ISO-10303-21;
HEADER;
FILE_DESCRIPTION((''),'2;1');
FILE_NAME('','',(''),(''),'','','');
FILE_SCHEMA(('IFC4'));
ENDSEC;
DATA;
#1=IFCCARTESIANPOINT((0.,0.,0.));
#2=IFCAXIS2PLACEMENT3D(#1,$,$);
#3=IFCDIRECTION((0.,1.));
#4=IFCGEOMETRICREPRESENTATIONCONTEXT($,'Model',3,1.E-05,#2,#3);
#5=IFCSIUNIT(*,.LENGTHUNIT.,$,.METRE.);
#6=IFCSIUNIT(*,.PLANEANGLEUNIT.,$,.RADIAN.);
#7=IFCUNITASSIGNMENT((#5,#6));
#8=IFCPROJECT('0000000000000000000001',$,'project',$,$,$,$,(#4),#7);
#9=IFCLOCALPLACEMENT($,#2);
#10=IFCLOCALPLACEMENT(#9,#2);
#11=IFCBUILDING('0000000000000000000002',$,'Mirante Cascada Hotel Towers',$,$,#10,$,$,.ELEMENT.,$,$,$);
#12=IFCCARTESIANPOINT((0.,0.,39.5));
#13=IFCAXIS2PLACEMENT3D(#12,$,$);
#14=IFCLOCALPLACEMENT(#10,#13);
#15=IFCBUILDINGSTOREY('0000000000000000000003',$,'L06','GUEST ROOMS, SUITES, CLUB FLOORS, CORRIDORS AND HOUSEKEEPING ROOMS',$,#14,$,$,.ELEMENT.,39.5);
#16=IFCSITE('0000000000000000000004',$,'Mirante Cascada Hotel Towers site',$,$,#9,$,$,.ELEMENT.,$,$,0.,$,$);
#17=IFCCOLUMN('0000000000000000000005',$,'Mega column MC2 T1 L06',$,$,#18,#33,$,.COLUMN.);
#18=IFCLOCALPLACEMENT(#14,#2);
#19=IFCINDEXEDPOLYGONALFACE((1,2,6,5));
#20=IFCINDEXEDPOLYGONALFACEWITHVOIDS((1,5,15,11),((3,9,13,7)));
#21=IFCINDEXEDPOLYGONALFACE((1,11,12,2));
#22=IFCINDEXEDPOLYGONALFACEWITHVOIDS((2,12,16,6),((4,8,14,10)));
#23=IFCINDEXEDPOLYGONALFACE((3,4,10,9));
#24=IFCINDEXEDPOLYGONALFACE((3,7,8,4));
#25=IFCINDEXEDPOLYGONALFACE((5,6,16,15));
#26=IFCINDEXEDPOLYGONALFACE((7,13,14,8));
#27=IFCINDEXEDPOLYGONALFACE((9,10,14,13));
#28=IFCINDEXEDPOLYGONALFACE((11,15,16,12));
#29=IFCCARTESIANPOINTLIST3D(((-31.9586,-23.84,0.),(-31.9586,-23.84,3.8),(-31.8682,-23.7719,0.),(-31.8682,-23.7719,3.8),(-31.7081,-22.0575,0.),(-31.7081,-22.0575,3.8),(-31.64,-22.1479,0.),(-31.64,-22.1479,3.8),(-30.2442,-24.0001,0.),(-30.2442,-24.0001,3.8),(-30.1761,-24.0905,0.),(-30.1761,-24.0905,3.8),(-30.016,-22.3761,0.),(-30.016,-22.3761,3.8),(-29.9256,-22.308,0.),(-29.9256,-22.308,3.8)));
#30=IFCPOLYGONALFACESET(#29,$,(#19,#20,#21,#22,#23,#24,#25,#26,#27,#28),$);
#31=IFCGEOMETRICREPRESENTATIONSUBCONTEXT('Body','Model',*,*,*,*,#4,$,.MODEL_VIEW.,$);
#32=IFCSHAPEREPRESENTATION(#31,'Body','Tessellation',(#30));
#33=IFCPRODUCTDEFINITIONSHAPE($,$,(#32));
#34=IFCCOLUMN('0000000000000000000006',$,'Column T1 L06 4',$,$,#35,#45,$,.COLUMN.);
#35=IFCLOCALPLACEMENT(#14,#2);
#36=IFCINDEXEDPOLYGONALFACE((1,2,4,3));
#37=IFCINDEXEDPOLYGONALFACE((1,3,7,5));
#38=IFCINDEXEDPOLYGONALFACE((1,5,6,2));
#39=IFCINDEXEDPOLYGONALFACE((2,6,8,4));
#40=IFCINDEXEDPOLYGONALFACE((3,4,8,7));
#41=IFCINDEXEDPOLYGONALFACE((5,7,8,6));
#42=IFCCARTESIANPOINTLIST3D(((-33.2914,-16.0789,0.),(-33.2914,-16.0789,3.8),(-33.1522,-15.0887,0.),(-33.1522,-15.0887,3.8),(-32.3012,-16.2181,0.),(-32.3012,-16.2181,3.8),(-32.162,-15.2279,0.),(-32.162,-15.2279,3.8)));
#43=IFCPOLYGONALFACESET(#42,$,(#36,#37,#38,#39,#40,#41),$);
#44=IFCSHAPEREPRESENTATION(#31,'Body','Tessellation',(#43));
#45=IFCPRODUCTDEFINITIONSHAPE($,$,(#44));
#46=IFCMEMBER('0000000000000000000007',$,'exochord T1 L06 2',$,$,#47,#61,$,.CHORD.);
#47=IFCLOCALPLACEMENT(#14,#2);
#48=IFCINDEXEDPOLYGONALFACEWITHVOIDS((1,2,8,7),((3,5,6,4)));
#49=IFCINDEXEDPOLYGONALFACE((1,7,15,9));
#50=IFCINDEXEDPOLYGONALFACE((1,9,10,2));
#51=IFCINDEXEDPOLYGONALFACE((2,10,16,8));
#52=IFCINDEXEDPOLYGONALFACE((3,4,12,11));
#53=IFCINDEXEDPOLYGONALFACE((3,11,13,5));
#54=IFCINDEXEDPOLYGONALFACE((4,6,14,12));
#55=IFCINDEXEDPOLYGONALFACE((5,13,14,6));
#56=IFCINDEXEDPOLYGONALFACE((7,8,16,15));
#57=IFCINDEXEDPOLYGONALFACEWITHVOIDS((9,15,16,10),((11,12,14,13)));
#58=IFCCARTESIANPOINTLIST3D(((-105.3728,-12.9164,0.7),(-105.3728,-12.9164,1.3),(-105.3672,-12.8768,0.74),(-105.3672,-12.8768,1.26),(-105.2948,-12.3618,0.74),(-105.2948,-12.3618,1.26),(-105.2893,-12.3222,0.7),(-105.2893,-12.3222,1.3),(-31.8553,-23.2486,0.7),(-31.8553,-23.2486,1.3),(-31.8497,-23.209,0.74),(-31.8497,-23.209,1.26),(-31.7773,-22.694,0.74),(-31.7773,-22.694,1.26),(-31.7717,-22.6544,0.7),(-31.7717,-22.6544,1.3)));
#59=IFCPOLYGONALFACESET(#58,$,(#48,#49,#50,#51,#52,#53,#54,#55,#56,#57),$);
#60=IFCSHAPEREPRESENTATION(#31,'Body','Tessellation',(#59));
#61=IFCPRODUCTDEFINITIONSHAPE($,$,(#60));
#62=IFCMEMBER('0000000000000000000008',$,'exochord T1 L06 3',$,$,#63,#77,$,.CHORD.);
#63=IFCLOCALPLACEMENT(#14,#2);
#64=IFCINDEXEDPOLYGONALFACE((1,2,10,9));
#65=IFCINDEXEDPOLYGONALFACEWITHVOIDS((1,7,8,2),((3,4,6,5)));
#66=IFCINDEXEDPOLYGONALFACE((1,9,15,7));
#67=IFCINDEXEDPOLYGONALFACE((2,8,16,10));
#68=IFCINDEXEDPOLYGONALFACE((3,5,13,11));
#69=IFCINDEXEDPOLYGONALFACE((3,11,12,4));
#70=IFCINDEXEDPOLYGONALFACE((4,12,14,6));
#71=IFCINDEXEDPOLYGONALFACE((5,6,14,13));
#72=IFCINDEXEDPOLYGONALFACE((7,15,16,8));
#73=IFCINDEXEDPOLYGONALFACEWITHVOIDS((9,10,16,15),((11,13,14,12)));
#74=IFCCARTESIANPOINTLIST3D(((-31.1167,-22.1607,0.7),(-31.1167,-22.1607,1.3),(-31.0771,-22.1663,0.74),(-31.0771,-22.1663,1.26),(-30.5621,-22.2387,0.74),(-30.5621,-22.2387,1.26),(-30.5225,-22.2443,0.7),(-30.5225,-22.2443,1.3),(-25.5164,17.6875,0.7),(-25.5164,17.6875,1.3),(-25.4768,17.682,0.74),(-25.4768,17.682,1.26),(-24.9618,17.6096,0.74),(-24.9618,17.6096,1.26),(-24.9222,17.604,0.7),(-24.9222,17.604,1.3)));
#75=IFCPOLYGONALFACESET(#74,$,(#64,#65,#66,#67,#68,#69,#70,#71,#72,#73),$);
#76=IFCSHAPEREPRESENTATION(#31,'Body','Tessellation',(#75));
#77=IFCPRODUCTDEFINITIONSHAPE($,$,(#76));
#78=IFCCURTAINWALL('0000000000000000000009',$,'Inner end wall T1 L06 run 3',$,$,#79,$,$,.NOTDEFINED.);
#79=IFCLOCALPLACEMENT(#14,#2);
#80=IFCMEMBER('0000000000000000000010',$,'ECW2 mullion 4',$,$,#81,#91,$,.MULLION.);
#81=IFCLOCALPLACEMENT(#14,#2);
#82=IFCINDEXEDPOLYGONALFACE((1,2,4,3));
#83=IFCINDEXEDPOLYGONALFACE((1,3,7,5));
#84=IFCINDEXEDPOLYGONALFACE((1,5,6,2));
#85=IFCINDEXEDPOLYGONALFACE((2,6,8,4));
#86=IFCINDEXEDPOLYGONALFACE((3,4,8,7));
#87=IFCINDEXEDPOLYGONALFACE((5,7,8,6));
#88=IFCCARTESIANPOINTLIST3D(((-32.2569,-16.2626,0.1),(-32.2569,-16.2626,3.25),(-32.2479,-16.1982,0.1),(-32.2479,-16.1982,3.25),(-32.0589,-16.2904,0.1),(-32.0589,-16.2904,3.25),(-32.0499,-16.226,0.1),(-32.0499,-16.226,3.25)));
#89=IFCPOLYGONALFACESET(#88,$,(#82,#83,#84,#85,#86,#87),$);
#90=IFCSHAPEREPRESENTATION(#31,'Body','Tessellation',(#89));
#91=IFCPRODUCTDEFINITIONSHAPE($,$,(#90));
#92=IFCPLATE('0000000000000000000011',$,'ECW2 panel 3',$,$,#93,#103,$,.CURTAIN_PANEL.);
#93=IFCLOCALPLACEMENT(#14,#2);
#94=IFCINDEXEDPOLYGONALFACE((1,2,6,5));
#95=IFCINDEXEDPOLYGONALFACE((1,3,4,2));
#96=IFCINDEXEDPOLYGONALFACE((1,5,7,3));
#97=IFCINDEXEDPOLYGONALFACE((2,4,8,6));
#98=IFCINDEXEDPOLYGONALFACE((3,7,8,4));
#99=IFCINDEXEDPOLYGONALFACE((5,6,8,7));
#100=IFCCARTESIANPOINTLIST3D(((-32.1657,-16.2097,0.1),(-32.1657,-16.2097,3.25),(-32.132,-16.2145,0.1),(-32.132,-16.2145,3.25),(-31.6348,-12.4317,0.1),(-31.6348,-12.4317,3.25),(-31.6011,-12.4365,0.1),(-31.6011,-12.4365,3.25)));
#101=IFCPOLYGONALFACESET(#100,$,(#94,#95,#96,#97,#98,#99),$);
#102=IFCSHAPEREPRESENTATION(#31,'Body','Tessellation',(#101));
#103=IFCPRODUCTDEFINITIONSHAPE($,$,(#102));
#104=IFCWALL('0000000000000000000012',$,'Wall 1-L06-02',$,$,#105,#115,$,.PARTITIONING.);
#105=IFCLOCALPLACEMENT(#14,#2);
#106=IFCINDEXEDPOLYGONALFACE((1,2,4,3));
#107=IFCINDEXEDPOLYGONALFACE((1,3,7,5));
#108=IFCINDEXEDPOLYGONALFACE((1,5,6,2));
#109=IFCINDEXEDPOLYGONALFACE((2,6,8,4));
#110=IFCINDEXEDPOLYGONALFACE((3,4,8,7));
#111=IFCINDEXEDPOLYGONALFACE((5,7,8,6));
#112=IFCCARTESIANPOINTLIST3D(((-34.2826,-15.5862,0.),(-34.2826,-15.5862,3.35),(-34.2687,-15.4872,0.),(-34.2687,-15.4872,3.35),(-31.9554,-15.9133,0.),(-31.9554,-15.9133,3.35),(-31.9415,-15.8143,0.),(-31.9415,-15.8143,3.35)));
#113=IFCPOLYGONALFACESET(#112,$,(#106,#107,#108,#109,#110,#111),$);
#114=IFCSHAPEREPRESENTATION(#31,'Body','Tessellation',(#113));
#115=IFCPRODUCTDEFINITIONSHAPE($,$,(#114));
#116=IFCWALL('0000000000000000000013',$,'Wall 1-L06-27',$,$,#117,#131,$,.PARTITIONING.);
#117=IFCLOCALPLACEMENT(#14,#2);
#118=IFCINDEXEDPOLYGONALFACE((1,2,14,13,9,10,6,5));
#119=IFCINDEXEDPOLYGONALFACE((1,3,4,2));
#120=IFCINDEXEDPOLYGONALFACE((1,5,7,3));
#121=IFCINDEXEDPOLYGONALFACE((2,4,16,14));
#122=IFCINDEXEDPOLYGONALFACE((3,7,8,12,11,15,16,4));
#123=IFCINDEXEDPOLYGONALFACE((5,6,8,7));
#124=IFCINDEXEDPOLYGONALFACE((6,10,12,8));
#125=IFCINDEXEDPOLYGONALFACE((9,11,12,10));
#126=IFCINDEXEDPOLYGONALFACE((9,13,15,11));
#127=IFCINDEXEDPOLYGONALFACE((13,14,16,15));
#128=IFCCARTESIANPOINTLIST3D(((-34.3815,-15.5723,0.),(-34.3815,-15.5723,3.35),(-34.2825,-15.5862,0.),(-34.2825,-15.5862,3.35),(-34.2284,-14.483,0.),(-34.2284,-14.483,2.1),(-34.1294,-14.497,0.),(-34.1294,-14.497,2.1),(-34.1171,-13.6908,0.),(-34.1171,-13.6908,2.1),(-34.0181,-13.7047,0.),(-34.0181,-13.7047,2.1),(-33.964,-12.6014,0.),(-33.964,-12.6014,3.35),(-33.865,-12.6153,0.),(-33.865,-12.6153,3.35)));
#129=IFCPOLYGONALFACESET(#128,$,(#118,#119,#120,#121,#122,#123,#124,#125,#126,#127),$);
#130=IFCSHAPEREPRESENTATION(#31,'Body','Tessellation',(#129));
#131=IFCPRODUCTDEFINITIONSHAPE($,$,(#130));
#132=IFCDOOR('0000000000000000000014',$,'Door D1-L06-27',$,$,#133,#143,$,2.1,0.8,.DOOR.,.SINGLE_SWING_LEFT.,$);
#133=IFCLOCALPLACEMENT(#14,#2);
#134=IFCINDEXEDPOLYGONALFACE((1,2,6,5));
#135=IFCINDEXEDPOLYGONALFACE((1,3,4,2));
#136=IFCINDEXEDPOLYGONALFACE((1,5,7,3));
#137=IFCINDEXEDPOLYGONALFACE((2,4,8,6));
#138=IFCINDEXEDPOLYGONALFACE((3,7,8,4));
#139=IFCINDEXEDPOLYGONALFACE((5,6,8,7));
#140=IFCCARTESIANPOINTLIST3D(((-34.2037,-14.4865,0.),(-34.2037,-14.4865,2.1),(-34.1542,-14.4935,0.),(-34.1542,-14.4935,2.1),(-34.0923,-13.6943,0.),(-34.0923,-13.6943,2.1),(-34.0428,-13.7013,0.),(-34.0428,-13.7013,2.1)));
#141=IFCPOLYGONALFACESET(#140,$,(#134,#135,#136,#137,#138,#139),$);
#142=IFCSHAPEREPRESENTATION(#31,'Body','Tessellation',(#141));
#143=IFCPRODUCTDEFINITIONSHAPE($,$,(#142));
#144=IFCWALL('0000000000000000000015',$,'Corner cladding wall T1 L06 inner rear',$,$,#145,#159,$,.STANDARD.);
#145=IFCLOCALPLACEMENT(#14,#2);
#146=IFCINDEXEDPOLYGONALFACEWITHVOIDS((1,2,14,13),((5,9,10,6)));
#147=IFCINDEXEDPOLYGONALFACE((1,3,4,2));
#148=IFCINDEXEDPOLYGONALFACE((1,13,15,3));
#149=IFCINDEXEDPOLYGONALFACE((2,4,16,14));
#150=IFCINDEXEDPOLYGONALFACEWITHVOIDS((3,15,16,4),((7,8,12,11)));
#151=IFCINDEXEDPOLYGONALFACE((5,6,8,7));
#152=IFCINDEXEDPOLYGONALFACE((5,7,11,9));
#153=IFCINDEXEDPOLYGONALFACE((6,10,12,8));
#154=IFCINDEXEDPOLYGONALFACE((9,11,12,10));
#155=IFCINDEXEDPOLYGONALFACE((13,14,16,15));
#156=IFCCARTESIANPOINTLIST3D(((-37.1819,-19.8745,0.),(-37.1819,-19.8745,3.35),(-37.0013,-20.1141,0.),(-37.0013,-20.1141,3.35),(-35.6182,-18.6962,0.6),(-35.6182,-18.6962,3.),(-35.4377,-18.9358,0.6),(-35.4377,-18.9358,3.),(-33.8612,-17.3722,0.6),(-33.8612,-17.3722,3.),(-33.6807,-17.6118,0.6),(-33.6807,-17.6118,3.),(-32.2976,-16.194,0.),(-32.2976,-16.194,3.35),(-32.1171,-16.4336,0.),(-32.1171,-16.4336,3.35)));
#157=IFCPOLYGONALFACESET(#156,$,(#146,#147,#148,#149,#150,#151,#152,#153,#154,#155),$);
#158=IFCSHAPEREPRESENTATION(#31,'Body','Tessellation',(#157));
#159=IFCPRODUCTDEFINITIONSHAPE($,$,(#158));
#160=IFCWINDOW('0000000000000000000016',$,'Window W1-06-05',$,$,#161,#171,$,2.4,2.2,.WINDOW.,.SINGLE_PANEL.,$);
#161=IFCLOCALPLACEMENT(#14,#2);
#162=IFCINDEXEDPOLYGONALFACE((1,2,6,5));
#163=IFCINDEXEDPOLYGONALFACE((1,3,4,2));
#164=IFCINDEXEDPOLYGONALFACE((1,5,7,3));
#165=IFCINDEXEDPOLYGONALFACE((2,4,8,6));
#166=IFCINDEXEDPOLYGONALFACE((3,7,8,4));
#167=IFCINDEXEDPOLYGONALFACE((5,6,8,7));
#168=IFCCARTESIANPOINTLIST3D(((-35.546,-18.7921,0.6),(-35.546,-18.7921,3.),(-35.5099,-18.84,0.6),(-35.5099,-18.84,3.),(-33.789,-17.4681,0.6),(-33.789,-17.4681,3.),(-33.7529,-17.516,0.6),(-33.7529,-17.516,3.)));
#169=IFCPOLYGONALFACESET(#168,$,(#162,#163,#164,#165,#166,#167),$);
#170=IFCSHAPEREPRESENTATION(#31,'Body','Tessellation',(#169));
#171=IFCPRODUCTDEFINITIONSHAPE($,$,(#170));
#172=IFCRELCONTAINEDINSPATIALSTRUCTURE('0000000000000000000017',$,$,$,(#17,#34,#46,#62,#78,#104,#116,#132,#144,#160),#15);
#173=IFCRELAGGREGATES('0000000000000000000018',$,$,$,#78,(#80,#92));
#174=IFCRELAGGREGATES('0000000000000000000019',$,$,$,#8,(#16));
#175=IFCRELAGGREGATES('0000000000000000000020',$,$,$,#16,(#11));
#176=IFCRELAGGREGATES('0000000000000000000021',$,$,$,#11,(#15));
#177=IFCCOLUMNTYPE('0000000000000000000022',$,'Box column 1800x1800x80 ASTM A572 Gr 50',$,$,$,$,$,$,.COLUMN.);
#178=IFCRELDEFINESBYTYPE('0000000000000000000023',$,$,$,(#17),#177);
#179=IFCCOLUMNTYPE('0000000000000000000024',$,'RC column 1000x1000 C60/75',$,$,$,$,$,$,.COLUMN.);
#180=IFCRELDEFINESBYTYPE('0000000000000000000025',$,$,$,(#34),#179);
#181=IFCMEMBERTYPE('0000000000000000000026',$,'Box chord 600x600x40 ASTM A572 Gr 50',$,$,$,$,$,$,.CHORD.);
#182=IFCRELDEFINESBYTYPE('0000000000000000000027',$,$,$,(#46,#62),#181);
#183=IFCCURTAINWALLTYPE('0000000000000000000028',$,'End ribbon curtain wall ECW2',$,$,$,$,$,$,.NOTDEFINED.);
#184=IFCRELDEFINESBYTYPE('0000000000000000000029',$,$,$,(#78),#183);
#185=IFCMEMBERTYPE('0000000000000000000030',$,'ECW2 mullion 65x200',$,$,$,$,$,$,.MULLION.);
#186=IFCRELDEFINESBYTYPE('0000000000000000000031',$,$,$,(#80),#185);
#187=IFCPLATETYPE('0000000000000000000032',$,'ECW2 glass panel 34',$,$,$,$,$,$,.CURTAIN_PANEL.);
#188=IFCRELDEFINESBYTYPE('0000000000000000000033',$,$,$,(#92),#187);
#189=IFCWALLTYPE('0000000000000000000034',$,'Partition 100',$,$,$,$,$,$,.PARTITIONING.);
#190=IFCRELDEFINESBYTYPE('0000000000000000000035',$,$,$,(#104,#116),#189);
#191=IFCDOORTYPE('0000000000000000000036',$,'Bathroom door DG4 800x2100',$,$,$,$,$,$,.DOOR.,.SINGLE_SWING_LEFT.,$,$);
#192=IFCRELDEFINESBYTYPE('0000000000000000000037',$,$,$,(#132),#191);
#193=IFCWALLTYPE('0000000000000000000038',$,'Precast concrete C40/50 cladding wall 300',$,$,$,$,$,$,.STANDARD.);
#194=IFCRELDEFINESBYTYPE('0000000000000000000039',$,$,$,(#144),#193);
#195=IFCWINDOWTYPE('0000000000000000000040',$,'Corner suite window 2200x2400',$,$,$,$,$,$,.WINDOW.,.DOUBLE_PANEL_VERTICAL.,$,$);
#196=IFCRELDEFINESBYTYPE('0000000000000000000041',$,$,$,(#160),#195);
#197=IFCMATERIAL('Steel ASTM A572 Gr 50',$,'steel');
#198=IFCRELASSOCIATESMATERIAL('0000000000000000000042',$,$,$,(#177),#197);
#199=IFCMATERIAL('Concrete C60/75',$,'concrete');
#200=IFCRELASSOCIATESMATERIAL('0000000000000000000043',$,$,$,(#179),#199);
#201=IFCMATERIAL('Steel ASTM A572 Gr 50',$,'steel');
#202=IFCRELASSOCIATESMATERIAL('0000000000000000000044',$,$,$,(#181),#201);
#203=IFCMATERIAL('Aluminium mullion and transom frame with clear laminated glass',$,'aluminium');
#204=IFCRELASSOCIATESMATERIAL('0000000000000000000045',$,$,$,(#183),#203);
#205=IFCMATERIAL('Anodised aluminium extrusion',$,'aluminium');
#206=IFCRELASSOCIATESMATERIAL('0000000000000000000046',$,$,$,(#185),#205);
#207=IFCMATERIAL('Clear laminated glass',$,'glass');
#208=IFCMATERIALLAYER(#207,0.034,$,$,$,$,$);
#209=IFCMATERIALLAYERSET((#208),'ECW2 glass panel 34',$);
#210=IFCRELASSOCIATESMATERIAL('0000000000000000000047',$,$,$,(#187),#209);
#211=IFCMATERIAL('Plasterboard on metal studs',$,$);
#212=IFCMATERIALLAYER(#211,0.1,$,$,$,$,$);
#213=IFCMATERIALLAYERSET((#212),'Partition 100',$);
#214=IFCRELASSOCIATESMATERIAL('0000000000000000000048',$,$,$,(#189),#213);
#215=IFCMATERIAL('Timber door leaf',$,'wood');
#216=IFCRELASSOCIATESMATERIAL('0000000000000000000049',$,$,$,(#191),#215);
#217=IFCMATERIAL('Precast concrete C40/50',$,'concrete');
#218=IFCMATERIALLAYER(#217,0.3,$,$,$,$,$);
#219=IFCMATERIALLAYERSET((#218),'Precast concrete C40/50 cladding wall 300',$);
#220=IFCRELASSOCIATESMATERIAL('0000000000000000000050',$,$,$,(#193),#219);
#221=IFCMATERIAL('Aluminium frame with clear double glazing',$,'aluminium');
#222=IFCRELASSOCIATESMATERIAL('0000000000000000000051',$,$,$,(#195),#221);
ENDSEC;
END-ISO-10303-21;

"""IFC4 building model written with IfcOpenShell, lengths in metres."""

from ifc_helpers import new_model, si_unit, direction, frame, frame_2d, origin, origin_2d, place, context, subcontext, project, spatial, rectangle, hollow_rectangle, extrude, material, layer, layer_set, material_profile, profile_set, type_object, element, fill, aggregate, save


model = new_model("IFC4")

# Units and contexts
model_context = context("Model", 3, precision=1e-05, world=origin(), true_north=direction((0.0, 1.0)))
body_context = subcontext(model_context, "Body", "Model", "MODEL_VIEW")
ifc_project = project(units=[si_unit("LENGTHUNIT", "METRE"), si_unit("PLANEANGLEUNIT", "RADIAN")], contexts=[model_context])

# Site, building, storey
site_placement = place(None, origin())
site = spatial("IfcSite", under=ifc_project, at=site_placement, Name="Mirante Cascada Hotel Towers site", CompositionType="ELEMENT", RefElevation=0.0)
building_placement = place(site_placement, origin())
building = spatial("IfcBuilding", under=site, at=building_placement, Name="Mirante Cascada Hotel Towers", CompositionType="ELEMENT")
storey_placement = place(building_placement, frame((0.0, 0.0, 39.5)))
storey = spatial("IfcBuildingStorey", under=building, at=storey_placement, Name="L06", Description="GUEST ROOMS, SUITES, CLUB FLOORS, CORRIDORS AND HOUSEKEEPING ROOMS", CompositionType="ELEMENT", Elevation=39.5)

# Columns
ifc_material_1 = material(Name="Steel ASTM A572 Gr 50", Category="steel")
ifc_material_profile_1 = material_profile(ifc_material_1, hollow_rectangle(XDim=1.8, YDim=1.8, WallThickness=0.08, at=origin_2d()), Name="Box column 1800x1800x80 ASTM A572 Gr 50")
ifc_profile_set_1 = profile_set([ifc_material_profile_1], Name="Steel ASTM A572 Gr 50")
column_type_1 = type_object("IfcColumnType", Name="Box column 1800x1800x80 ASTM A572 Gr 50", PredefinedType="COLUMN", material=ifc_profile_set_1)
column_1_placement = place(storey_placement, frame((-30.9421, -23.074, 0.0), z_axis=(0.0, 0.0, 1.0), x_axis=(-0.990268, 0.139173, 0.0)))
element("IfcColumn", 1, at=column_1_placement, inside=storey, type_object=column_type_1, Name="Mega column MC2 T1 L06", PredefinedType="COLUMN", context=body_context, shape_type="SweptSolid", body=[
    extrude(hollow_rectangle(XDim=1.8, YDim=1.8, WallThickness=0.08, at=origin_2d()), origin(), (0.0, 0.0, 1.0), 3.8),
])
ifc_material_2 = material(Name="Concrete C60/75", Category="concrete")
ifc_material_profile_2 = material_profile(ifc_material_2, rectangle(XDim=1.0, YDim=1.0, at=origin_2d()), Name="RC column 1000x1000 C60/75")
ifc_profile_set_2 = profile_set([ifc_material_profile_2], Name="Concrete C60/75")
column_type_2 = type_object("IfcColumnType", Name="RC column 1000x1000 C60/75", PredefinedType="COLUMN", material=ifc_profile_set_2)
column_2_placement = place(storey_placement, frame((-32.7267, -15.6534, 0.0), z_axis=(0.0, 0.0, 1.0), x_axis=(-0.990268, 0.139173, 0.0)))
element("IfcColumn", 2, at=column_2_placement, inside=storey, type_object=column_type_2, Name="Column T1 L06 4", PredefinedType="COLUMN", context=body_context, shape_type="SweptSolid", body=[
    extrude(rectangle(XDim=1.0, YDim=1.0, at=origin_2d()), origin(), (0.0, 0.0, 1.0), 3.8),
])

# Members
ifc_material_3 = material(Name="Steel ASTM A572 Gr 50", Category="steel")
ifc_material_profile_3 = material_profile(ifc_material_3, hollow_rectangle(XDim=0.6, YDim=0.6, WallThickness=0.04, at=origin_2d()), Name="Box chord 600x600x40 ASTM A572 Gr 50")
ifc_profile_set_3 = profile_set([ifc_material_profile_3], Name="Steel ASTM A572 Gr 50")
member_type_1 = type_object("IfcMemberType", Name="Box chord 600x600x40 ASTM A572 Gr 50", PredefinedType="CHORD", material=ifc_profile_set_3)
member_1_placement = place(storey_placement, frame((-31.8135, -22.9515, 1.0), z_axis=(-0.990268, 0.139173, 0.0), x_axis=(-0.139173, -0.990268, 0.0)))
element("IfcMember", 3, at=member_1_placement, inside=storey, type_object=member_type_1, Name="exochord T1 L06 2", PredefinedType="CHORD", context=body_context, shape_type="SweptSolid", body=[
    extrude(hollow_rectangle(XDim=0.6, YDim=0.6, WallThickness=0.04, at=origin_2d()), origin(), (0.0, 0.0, 1.0), 74.24),
])
member_2_placement = place(storey_placement, frame((-30.8196, -22.2025, 1.0), z_axis=(0.139173, 0.990268, 0.0), x_axis=(-0.990268, 0.139173, 0.0)))
element("IfcMember", 4, at=member_2_placement, inside=storey, type_object=member_type_1, Name="exochord T1 L06 3", PredefinedType="CHORD", context=body_context, shape_type="SweptSolid", body=[
    extrude(hollow_rectangle(XDim=0.6, YDim=0.6, WallThickness=0.04, at=origin_2d()), origin(), (0.0, 0.0, 1.0), 40.2399),
])

# Curtain wall, member, plate
ifc_material_4 = material(Name="Aluminium mullion and transom frame with clear laminated glass", Category="aluminium")
curtain_wall_type = type_object("IfcCurtainWallType", Name="End ribbon curtain wall ECW2", PredefinedType="NOTDEFINED", material=ifc_material_4)
curtain_wall_placement = place(storey_placement, origin())
curtain_wall = element("IfcCurtainWall", 5, at=curtain_wall_placement, inside=storey, type_object=curtain_wall_type, Name="Inner end wall T1 L06 run 3", PredefinedType="NOTDEFINED")
ifc_material_5 = material(Name="Anodised aluminium extrusion", Category="aluminium")
ifc_material_profile_4 = material_profile(ifc_material_5, rectangle(XDim=0.2, YDim=0.065, at=origin_2d()), Name="ECW2 MULLION 65x200")
ifc_profile_set_4 = profile_set([ifc_material_profile_4], Name="Anodised aluminium extrusion")
member_type_2 = type_object("IfcMemberType", Name="ECW2 mullion 65x200", PredefinedType="MULLION", material=ifc_profile_set_4)
member_3_placement = place(storey_placement, frame((-32.1534, -16.2443, 0.1), z_axis=(0.0, 0.0, 1.0), x_axis=(0.990268, -0.139173, 0.0)))
member_3 = element("IfcMember", 6, at=member_3_placement, type_object=member_type_2, Name="ECW2 mullion 4", PredefinedType="MULLION", context=body_context, shape_type="SweptSolid", body=[
    extrude(rectangle(XDim=0.2, YDim=0.065, at=origin_2d()), origin(), (0.0, 0.0, 1.0), 3.15),
])
ifc_material_6 = material(Name="Clear laminated glass", Category="glass")
ifc_layer_1 = layer(ifc_material_6, 0.034)
ifc_layer_set_1 = layer_set([ifc_layer_1], Name="ECW2 glass panel 34")
plate_type = type_object("IfcPlateType", Name="ECW2 glass panel 34", PredefinedType="CURTAIN_PANEL", material=ifc_layer_set_1)
plate_placement = place(storey_placement, frame((-31.8834, -14.3231, 0.1), z_axis=(0.0, 0.0, 1.0), x_axis=(-0.139173, -0.990268, 0.0)))
plate = element("IfcPlate", 7, at=plate_placement, type_object=plate_type, Name="ECW2 panel 3", PredefinedType="CURTAIN_PANEL", context=body_context, shape_type="SweptSolid", body=[
    extrude(rectangle(XDim=3.8151, YDim=0.034, at=origin_2d()), origin(), (0.0, 0.0, 1.0), 3.15),
])
aggregate(curtain_wall, [member_3, plate])

# Wall
ifc_material_7 = material(Name="Plasterboard on metal studs")
ifc_layer_2 = layer(ifc_material_7, 0.1)
ifc_layer_set_2 = layer_set([ifc_layer_2], Name="Partition 100")
wall_type_1 = type_object("IfcWallType", Name="Partition 100", PredefinedType="PARTITIONING", material=ifc_layer_set_2)
wall_1_placement = place(storey_placement, frame((-34.2756, -15.5367, 0.0), z_axis=(0.0, 0.0, 1.0), x_axis=(0.990266, -0.139187, 0.0)))
element("IfcWall", 8, at=wall_1_placement, inside=storey, type_object=wall_type_1, Name="Wall 1-L06-02", PredefinedType="PARTITIONING", context=body_context, shape_type="SweptSolid", body=[
    extrude(rectangle(XDim=2.3501, YDim=0.1, at=frame_2d((1.175, 0.0))), origin(), (0.0, 0.0, 1.0), 3.35),
])

# Wall, opening, door
wall_2_placement = place(storey_placement, frame((-34.332, -15.5793, 0.0), z_axis=(0.0, 0.0, 1.0), x_axis=(0.139162, 0.99027, 0.0)))
wall_2 = element("IfcWall", 9, at=wall_2_placement, inside=storey, type_object=wall_type_1, Name="Wall 1-L06-27", PredefinedType="PARTITIONING", context=body_context, shape_type="SweptSolid", body=[
    extrude(rectangle(XDim=3.0001, YDim=0.1, at=frame_2d((1.5001, 0.0))), origin(), (0.0, 0.0, 1.0), 3.35),
])
opening_1_placement = place(wall_2_placement, frame((1.1, 0.0, 0.0)))
opening_1 = element("IfcOpeningElement", 10, at=opening_1_placement, cuts=wall_2, PredefinedType="OPENING", context=body_context, shape_type="SweptSolid", body=[
    extrude(rectangle(XDim=0.8, YDim=2.1, at=frame_2d((0.4, 1.05))), frame((0.0, 0.05, 0.0), z_axis=(0.0, -1.0, 0.0), x_axis=(1.0, 0.0, 0.0)), (0.0, 0.0, 1.0), 0.1),
])
ifc_material_8 = material(Name="Timber door leaf", Category="wood")
door_type = type_object("IfcDoorType", Name="Bathroom door DG4 800x2100", OperationType="SINGLE_SWING_LEFT", PredefinedType="DOOR", material=ifc_material_8)
door_placement = place(opening_1_placement, origin())
door = element("IfcDoor", 11, at=door_placement, inside=storey, type_object=door_type, Name="Door D1-L06-27", OperationType="SINGLE_SWING_LEFT", OverallHeight=2.1, OverallWidth=0.8, PredefinedType="DOOR", context=body_context, shape_type="SweptSolid", body=[
    extrude(rectangle(XDim=0.8, YDim=2.1, at=frame_2d((0.4, 1.05))), frame((0.0, 0.025, 0.0), z_axis=(0.0, -1.0, 0.0), x_axis=(1.0, 0.0, 0.0)), (0.0, 0.0, 1.0), 0.05),
])
fill(opening_1, door)

# Wall, opening, window
ifc_material_9 = material(Name="Precast concrete C40/50", Category="concrete")
ifc_layer_3 = layer(ifc_material_9, 0.3)
ifc_layer_set_3 = layer_set([ifc_layer_3], Name="Precast concrete C40/50 cladding wall 300")
wall_type_2 = type_object("IfcWallType", Name="Precast concrete C40/50 cladding wall 300", PredefinedType="STANDARD", material=ifc_layer_set_3)
wall_3_placement = place(storey_placement, frame((-32.2074, -16.3138, 0.0), z_axis=(0.0, 0.0, 1.0), x_axis=(-0.798636, -0.601814, 0.0)))
wall_3 = element("IfcWall", 12, at=wall_3_placement, inside=storey, type_object=wall_type_2, Name="Corner cladding wall T1 L06 inner rear", PredefinedType="STANDARD", context=body_context, shape_type="SweptSolid", body=[
    extrude(rectangle(XDim=6.1157, YDim=0.3, at=frame_2d((3.0578, 0.0))), origin(), (0.0, 0.0, 1.0), 3.35),
])
opening_2_placement = place(wall_3_placement, frame((1.9578, 0.0, 0.6)))
opening_2 = element("IfcOpeningElement", 13, at=opening_2_placement, cuts=wall_3, PredefinedType="OPENING", context=body_context, shape_type="SweptSolid", body=[
    extrude(rectangle(XDim=2.2, YDim=2.4, at=frame_2d((1.1, 1.2))), frame((0.0, 0.15, 0.0), z_axis=(0.0, -1.0, 0.0), x_axis=(1.0, 0.0, 0.0)), (0.0, 0.0, 1.0), 0.3),
])
ifc_material_10 = material(Name="Aluminium frame with clear double glazing", Category="aluminium")
window_type = type_object("IfcWindowType", Name="Corner suite window 2200x2400", PartitioningType="DOUBLE_PANEL_VERTICAL", PredefinedType="WINDOW", material=ifc_material_10)
window_placement = place(opening_2_placement, origin())
window = element("IfcWindow", 14, at=window_placement, inside=storey, type_object=window_type, Name="Window W1-06-05", OverallHeight=2.4, OverallWidth=2.2, PartitioningType="SINGLE_PANEL", PredefinedType="WINDOW", context=body_context, shape_type="SweptSolid", body=[
    extrude(rectangle(XDim=2.2, YDim=2.4, at=frame_2d((1.1, 1.2))), frame((0.0, 0.03, 0.0), z_axis=(0.0, -1.0, 0.0), x_axis=(1.0, 0.0, 0.0)), (0.0, 0.0, 1.0), 0.06),
])
fill(opening_2, window)

save(model, "model.ifc")
